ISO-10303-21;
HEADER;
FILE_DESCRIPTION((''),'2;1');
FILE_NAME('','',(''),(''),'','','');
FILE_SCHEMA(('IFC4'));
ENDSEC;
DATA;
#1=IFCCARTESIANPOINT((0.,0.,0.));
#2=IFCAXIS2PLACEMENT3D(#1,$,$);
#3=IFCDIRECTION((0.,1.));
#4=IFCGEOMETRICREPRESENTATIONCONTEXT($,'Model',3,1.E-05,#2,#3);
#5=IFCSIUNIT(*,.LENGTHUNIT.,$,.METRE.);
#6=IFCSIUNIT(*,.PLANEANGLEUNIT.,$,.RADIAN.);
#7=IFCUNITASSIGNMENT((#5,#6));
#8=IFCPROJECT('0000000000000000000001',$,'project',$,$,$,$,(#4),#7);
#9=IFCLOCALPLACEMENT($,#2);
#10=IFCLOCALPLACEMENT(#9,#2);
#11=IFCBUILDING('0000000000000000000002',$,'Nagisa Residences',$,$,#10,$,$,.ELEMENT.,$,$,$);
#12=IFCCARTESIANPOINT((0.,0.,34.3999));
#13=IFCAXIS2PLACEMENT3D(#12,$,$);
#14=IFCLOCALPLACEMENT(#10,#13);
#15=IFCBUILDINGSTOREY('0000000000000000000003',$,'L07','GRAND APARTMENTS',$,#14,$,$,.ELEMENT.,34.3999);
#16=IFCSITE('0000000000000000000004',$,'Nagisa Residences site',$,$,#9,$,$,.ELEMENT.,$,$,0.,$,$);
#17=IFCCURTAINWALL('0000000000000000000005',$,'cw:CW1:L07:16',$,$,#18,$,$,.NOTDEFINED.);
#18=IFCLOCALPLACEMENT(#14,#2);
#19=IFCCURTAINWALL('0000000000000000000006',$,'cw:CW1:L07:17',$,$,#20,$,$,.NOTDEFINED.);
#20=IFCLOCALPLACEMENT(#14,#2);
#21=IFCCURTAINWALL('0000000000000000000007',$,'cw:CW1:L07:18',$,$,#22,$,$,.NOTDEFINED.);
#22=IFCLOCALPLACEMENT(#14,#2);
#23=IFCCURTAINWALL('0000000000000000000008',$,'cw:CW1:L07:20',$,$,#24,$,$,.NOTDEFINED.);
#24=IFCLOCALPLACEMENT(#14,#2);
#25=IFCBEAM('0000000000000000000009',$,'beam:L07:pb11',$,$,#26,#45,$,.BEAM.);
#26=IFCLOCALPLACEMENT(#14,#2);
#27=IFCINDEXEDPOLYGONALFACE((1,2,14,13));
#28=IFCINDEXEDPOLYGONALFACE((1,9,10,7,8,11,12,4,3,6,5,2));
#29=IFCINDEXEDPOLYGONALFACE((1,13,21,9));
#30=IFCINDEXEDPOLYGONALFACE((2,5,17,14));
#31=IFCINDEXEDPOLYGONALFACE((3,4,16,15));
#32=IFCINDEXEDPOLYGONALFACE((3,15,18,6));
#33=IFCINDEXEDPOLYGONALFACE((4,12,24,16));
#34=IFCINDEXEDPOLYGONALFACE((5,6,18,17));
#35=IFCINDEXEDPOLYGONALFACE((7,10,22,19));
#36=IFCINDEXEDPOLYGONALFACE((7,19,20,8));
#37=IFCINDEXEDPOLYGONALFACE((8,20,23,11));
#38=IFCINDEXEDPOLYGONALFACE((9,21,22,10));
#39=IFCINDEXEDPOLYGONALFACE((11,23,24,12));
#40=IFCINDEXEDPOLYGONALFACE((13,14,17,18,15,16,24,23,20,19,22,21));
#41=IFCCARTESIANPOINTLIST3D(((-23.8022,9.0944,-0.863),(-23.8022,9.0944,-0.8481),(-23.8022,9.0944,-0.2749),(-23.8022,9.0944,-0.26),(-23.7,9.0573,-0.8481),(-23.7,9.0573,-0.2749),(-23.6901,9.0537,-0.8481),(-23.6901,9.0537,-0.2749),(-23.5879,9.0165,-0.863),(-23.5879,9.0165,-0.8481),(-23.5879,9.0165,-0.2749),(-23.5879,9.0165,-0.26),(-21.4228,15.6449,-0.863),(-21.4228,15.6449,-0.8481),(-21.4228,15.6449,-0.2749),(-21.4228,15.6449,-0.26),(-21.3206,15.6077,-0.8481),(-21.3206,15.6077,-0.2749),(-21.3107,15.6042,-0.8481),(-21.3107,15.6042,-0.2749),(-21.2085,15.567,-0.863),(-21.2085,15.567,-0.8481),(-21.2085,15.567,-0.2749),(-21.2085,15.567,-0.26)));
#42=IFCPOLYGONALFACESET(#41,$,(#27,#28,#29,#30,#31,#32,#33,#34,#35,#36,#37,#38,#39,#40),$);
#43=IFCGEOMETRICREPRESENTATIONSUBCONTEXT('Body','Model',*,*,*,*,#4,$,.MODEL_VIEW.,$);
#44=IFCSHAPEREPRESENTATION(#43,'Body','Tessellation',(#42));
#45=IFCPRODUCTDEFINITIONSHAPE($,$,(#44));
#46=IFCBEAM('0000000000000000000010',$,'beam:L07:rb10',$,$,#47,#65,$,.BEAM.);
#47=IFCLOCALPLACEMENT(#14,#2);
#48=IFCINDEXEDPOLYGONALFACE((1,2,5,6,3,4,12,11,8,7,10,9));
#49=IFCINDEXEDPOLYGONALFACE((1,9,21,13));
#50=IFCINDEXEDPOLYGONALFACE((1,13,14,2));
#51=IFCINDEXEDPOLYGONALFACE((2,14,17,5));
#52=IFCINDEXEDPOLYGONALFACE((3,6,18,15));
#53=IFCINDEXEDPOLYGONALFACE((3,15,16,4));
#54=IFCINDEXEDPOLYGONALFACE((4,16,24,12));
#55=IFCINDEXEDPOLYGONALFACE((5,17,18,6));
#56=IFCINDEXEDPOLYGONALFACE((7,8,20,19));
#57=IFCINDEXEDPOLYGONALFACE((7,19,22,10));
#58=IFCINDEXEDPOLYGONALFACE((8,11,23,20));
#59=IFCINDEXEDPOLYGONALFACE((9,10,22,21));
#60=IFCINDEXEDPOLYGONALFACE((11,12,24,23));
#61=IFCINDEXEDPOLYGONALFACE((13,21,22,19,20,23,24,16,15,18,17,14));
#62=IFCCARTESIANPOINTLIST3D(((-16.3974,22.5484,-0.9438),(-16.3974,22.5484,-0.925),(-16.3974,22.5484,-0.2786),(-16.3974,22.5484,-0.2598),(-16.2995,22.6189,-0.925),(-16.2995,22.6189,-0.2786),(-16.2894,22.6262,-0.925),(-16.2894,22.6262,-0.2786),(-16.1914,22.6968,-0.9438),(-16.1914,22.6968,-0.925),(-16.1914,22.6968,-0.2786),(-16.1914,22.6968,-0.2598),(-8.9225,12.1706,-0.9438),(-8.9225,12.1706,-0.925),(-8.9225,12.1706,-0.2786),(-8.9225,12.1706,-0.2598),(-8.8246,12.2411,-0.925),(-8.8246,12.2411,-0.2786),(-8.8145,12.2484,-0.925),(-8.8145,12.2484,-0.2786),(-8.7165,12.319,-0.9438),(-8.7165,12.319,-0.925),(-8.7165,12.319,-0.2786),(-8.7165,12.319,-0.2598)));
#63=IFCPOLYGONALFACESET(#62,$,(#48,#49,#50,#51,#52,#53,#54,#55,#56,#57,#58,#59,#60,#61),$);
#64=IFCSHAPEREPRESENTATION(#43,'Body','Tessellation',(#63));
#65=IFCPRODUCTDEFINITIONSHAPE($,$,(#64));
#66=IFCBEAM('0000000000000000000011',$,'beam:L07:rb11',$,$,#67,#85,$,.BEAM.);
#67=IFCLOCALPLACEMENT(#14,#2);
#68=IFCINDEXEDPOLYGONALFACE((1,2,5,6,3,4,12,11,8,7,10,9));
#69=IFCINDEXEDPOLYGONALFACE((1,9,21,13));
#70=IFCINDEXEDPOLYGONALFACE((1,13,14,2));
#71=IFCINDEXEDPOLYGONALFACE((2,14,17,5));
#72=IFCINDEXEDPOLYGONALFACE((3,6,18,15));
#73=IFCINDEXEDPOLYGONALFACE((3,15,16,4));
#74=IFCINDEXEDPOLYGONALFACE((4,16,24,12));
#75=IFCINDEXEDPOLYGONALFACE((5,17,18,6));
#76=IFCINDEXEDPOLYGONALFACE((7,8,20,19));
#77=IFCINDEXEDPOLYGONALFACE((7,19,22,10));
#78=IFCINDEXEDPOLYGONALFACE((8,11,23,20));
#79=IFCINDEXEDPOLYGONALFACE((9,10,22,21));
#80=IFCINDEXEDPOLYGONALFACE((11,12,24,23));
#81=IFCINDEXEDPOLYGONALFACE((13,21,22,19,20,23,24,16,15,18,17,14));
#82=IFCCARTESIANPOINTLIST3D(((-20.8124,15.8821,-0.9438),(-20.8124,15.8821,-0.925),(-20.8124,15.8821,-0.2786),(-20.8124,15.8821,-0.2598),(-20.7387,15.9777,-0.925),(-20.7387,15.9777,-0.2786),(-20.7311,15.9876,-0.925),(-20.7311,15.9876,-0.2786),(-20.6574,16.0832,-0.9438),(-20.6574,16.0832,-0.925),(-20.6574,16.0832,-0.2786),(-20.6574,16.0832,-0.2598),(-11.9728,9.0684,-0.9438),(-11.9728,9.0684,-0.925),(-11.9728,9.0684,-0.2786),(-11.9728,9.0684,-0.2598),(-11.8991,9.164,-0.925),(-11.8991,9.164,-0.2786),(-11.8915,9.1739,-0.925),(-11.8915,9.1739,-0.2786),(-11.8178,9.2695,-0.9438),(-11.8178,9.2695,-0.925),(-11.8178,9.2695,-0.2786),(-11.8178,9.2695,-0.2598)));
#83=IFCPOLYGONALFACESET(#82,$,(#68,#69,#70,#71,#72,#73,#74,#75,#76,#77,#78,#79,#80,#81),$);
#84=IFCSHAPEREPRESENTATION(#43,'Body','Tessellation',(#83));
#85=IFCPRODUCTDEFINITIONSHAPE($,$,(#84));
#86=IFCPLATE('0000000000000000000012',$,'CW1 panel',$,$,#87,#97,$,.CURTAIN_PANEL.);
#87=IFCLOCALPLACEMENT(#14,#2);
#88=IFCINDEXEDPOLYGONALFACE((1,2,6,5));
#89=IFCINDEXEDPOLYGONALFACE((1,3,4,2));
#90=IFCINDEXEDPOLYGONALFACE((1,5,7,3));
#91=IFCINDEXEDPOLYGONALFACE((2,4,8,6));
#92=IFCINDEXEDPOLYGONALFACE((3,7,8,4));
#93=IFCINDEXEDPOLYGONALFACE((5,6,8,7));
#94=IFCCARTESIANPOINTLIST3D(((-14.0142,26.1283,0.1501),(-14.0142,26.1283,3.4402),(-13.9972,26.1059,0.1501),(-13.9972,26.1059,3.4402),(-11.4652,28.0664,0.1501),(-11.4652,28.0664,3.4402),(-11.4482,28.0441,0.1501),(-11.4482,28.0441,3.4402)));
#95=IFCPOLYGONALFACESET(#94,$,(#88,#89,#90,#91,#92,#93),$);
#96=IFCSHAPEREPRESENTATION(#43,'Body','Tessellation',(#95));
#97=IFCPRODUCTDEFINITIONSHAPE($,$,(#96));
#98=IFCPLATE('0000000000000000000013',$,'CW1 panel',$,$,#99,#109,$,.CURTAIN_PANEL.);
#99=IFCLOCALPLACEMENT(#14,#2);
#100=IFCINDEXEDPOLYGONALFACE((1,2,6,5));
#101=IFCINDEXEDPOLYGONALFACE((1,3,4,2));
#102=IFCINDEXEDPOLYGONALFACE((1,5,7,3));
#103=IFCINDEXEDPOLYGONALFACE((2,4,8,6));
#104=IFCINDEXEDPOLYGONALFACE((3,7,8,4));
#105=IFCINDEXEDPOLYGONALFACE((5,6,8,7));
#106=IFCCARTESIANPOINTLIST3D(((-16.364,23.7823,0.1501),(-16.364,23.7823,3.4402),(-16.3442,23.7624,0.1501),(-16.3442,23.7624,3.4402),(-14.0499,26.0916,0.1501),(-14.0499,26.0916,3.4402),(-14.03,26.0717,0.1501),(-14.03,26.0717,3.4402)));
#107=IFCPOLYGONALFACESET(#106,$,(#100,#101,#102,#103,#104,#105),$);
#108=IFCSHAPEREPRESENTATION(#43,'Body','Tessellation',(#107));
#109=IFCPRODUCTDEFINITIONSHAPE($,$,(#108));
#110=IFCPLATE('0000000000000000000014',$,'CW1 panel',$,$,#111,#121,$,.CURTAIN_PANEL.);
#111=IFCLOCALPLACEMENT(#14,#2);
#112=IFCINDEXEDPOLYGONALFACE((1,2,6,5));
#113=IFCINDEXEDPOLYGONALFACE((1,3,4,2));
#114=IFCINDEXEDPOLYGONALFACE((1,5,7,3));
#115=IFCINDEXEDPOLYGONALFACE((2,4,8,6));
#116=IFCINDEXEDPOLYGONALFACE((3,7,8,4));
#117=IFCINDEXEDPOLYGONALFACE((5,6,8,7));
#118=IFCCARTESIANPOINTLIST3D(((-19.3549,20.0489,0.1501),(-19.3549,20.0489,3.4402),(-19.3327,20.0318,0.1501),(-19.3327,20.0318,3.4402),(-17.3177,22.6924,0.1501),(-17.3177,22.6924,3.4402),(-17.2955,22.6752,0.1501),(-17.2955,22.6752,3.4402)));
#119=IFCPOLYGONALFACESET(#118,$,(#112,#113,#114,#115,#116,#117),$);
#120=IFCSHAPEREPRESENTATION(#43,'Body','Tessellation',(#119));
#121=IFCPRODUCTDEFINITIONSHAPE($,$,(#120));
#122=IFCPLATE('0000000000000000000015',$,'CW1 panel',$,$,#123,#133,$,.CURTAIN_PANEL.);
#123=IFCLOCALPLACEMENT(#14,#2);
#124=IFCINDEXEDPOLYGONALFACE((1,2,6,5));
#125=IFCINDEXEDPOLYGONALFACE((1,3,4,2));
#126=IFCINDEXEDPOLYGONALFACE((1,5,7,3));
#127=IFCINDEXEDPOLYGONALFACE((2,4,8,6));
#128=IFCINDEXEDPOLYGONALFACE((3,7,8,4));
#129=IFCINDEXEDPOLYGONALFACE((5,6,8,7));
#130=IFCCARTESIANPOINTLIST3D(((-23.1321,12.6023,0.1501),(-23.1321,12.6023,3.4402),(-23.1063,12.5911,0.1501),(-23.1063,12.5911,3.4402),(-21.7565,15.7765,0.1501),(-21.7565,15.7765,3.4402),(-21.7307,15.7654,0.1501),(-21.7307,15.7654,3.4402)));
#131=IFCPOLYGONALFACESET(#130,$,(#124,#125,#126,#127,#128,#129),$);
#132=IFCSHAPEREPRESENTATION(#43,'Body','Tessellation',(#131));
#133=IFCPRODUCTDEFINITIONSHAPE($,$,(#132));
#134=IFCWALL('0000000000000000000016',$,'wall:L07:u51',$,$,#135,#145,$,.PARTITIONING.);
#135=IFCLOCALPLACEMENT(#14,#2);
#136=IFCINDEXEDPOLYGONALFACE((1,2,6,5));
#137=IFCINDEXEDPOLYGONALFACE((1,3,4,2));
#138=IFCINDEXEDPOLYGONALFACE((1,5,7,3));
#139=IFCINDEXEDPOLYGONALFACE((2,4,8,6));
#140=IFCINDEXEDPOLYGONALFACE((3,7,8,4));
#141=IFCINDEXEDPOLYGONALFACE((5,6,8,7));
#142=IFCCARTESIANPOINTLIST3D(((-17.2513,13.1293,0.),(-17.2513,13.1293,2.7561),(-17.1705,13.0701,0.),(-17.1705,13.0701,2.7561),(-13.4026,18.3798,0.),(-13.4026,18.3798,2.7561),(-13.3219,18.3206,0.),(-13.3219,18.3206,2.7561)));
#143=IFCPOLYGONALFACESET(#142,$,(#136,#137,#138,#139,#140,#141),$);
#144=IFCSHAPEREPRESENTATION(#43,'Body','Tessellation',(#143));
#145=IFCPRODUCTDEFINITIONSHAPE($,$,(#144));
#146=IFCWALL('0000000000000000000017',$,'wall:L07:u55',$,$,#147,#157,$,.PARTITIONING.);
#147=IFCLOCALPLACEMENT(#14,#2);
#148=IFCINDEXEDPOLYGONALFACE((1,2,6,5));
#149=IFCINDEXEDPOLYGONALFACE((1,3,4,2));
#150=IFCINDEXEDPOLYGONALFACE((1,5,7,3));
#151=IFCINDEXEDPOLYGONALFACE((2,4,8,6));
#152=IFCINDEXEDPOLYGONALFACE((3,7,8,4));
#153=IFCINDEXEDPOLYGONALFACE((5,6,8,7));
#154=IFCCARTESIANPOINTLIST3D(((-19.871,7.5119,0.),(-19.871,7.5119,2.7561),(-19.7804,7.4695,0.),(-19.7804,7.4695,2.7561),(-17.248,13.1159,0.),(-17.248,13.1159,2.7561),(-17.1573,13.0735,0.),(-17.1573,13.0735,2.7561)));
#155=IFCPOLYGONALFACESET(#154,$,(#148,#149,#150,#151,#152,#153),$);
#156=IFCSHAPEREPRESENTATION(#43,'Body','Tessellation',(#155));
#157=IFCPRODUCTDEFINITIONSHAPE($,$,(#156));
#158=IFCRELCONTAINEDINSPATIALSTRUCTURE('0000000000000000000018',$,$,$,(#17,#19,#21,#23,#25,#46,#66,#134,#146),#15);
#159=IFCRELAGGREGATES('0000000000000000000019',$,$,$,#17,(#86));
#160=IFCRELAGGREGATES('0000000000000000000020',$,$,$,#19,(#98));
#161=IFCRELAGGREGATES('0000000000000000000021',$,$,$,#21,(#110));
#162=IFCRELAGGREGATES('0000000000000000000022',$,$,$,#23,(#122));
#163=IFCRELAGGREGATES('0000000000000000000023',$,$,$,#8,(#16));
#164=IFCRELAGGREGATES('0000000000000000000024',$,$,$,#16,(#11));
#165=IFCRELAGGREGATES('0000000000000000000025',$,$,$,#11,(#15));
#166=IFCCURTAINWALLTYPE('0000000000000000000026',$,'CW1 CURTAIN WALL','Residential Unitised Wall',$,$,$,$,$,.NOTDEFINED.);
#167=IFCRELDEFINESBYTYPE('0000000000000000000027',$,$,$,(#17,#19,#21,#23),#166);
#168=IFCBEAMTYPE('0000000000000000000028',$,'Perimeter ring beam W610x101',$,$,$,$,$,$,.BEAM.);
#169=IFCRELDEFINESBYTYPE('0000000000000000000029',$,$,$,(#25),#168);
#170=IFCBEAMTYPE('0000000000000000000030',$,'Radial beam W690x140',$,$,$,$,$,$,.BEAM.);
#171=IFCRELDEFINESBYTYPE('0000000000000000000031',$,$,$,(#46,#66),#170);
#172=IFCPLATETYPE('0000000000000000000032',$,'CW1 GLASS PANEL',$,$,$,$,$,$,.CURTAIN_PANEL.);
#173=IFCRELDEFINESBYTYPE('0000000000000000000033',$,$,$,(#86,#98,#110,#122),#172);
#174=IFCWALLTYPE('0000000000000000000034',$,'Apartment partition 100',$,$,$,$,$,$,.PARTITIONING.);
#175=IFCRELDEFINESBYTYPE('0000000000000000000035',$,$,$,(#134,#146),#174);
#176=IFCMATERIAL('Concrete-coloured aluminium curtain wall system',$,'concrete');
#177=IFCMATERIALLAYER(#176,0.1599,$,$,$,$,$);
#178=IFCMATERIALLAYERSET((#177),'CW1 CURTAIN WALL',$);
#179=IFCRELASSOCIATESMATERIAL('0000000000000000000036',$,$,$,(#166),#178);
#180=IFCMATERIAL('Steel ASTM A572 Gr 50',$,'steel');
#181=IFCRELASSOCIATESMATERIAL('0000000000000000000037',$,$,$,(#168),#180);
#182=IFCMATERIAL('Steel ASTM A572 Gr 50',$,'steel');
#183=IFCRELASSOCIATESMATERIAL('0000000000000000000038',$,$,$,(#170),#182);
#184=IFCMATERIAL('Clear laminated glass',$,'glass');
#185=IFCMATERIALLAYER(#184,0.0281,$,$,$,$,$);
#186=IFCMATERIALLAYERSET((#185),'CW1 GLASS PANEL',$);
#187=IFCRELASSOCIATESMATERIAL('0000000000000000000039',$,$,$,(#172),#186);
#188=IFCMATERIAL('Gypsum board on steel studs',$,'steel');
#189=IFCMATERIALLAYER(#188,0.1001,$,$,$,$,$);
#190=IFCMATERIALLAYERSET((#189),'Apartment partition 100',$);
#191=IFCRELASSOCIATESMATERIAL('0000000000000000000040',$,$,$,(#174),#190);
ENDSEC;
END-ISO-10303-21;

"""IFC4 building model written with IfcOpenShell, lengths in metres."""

from ifc_helpers import new_model, si_unit, direction, frame, frame_2d, origin, origin_2d, place, context, subcontext, project, spatial, rectangle, i_section, extrude, material, layer, layer_set, material_profile, profile_set, type_object, element, aggregate, save


model = new_model("IFC4")

# Units and contexts
model_context = context("Model", 3, precision=1e-05, world=origin(), true_north=direction((0.0, 1.0)))
body_context = subcontext(model_context, "Body", "Model", "MODEL_VIEW")
ifc_project = project(units=[si_unit("LENGTHUNIT", "METRE"), si_unit("PLANEANGLEUNIT", "RADIAN")], contexts=[model_context])

# Site, building, storey
site_placement = place(None, origin())
site = spatial("IfcSite", under=ifc_project, at=site_placement, Name="Nagisa Residences site", CompositionType="ELEMENT", RefElevation=0.0)
building_placement = place(site_placement, origin())
building = spatial("IfcBuilding", under=site, at=building_placement, Name="Nagisa Residences", CompositionType="ELEMENT")
storey_placement = place(building_placement, frame((0.0, 0.0, 34.3999)))
storey = spatial("IfcBuildingStorey", under=building, at=storey_placement, Name="L07", Description="GRAND APARTMENTS", CompositionType="ELEMENT", Elevation=34.3999)

# Curtain walls
ifc_material_1 = material(Name="Concrete-coloured aluminium curtain wall system", Category="concrete")
ifc_layer_1 = layer(ifc_material_1, 0.1599)
ifc_layer_set_1 = layer_set([ifc_layer_1], Name="CW1 CURTAIN WALL")
curtain_wall_type = type_object("IfcCurtainWallType", Name="CW1 CURTAIN WALL", Description="Residential Unitised Wall", PredefinedType="NOTDEFINED", material=ifc_layer_set_1)
curtain_wall_1_placement = place(storey_placement, origin())
curtain_wall_1 = element("IfcCurtainWall", 1, at=curtain_wall_1_placement, inside=storey, type_object=curtain_wall_type, Name="cw:CW1:L07:16", PredefinedType="NOTDEFINED")
curtain_wall_2_placement = place(storey_placement, origin())
curtain_wall_2 = element("IfcCurtainWall", 2, at=curtain_wall_2_placement, inside=storey, type_object=curtain_wall_type, Name="cw:CW1:L07:17", PredefinedType="NOTDEFINED")
curtain_wall_3_placement = place(storey_placement, origin())
curtain_wall_3 = element("IfcCurtainWall", 3, at=curtain_wall_3_placement, inside=storey, type_object=curtain_wall_type, Name="cw:CW1:L07:18", PredefinedType="NOTDEFINED")
curtain_wall_4_placement = place(storey_placement, origin())
curtain_wall_4 = element("IfcCurtainWall", 4, at=curtain_wall_4_placement, inside=storey, type_object=curtain_wall_type, Name="cw:CW1:L07:20", PredefinedType="NOTDEFINED")

# Beams
ifc_material_2 = material(Name="Steel ASTM A572 Gr 50", Category="steel")
ifc_material_profile_1 = material_profile(ifc_material_2, i_section(OverallWidth=0.228, OverallDepth=0.603, WebThickness=0.0105, FlangeThickness=0.0149, at=origin_2d()), Name="W610x101")
ifc_profile_set_1 = profile_set([ifc_material_profile_1], Name="Steel ASTM A572 Gr 50")
beam_type_1 = type_object("IfcBeamType", Name="Perimeter ring beam W610x101", PredefinedType="BEAM", material=ifc_profile_set_1)
beam_1_placement = place(storey_placement, frame((-21.3157, 15.606, -0.5615), z_axis=(-0.341411, -0.939914, 0.0), x_axis=(0.939914, -0.341411, 0.0)))
element("IfcBeam", 5, at=beam_1_placement, inside=storey, type_object=beam_type_1, Name="beam:L07:pb11", PredefinedType="BEAM", context=body_context, shape_type="SweptSolid", body=[
    extrude(i_section(OverallWidth=0.228, OverallDepth=0.603, WebThickness=0.0105, FlangeThickness=0.0149, at=origin_2d()), origin(), (0.0, 0.0, 1.0), 6.9692),
])
ifc_material_3 = material(Name="Steel ASTM A572 Gr 50", Category="steel")
ifc_material_profile_2 = material_profile(ifc_material_3, i_section(OverallWidth=0.2539, OverallDepth=0.6841, WebThickness=0.0125, FlangeThickness=0.0188, at=origin_2d()), Name="W690x140")
ifc_profile_set_2 = profile_set([ifc_material_profile_2], Name="Steel ASTM A572 Gr 50")
beam_type_2 = type_object("IfcBeamType", Name="Radial beam W690x140", PredefinedType="BEAM", material=ifc_profile_set_2)
beam_2_placement = place(storey_placement, frame((-16.2944, 22.6226, -0.6018), z_axis=(0.584455, -0.811426, 0.0), x_axis=(0.811426, 0.584455, 0.0)))
element("IfcBeam", 6, at=beam_2_placement, inside=storey, type_object=beam_type_2, Name="beam:L07:rb10", PredefinedType="BEAM", context=body_context, shape_type="SweptSolid", body=[
    extrude(i_section(OverallWidth=0.2539, OverallDepth=0.6841, WebThickness=0.0125, FlangeThickness=0.0188, at=origin_2d()), origin(), (0.0, 0.0, 1.0), 12.7896),
])
beam_3_placement = place(storey_placement, frame((-20.7349, 15.9827, -0.6018), z_axis=(0.792016, -0.6105, 0.0), x_axis=(0.6105, 0.792016, 0.0)))
element("IfcBeam", 7, at=beam_3_placement, inside=storey, type_object=beam_type_2, Name="beam:L07:rb11", PredefinedType="BEAM", context=body_context, shape_type="SweptSolid", body=[
    extrude(i_section(OverallWidth=0.2539, OverallDepth=0.6841, WebThickness=0.0125, FlangeThickness=0.0188, at=origin_2d()), origin(), (0.0, 0.0, 1.0), 11.1609),
])

# Plates
ifc_material_4 = material(Name="Clear laminated glass", Category="glass")
ifc_layer_2 = layer(ifc_material_4, 0.0281)
ifc_layer_set_2 = layer_set([ifc_layer_2], Name="CW1 GLASS PANEL")
plate_type = type_object("IfcPlateType", Name="CW1 GLASS PANEL", PredefinedType="CURTAIN_PANEL", material=ifc_layer_set_2)
plate_1_placement = place(storey_placement, frame((-12.7312, 27.0862, 0.1501), z_axis=(0.0, 0.0, 1.0), x_axis=(-0.796031, -0.605255, 0.0)))
plate_1 = element("IfcPlate", 8, at=plate_1_placement, type_object=plate_type, Name="CW1 panel", PredefinedType="CURTAIN_PANEL", context=body_context, shape_type="SweptSolid", body=[
    extrude(rectangle(XDim=3.2021, YDim=0.0281, at=origin_2d()), origin(), (0.0, 0.0, 1.0), 3.29),
])
aggregate(curtain_wall_1, [plate_1])
plate_2_placement = place(storey_placement, frame((-15.197, 24.927, 0.1501), z_axis=(0.0, 0.0, 1.0), x_axis=(-0.707836, -0.706377, 0.0)))
plate_2 = element("IfcPlate", 9, at=plate_2_placement, type_object=plate_type, Name="CW1 panel", PredefinedType="CURTAIN_PANEL", context=body_context, shape_type="SweptSolid", body=[
    extrude(rectangle(XDim=3.2693, YDim=0.0281, at=origin_2d()), origin(), (0.0, 0.0, 1.0), 3.29),
])
aggregate(curtain_wall_2, [plate_2])
plate_3_placement = place(storey_placement, frame((-18.3252, 21.3621, 0.1501), z_axis=(0.0, 0.0, 1.0), x_axis=(-0.61043, -0.79207, 0.0)))
plate_3 = element("IfcPlate", 10, at=plate_3_placement, type_object=plate_type, Name="CW1 panel", PredefinedType="CURTAIN_PANEL", context=body_context, shape_type="SweptSolid", body=[
    extrude(rectangle(XDim=3.3374, YDim=0.0281, at=origin_2d()), origin(), (0.0, 0.0, 1.0), 3.29),
])
aggregate(curtain_wall_3, [plate_3])
plate_4_placement = place(storey_placement, frame((-22.4314, 14.1838, 0.1501), z_axis=(0.0, 0.0, 1.0), x_axis=(-0.397636, -0.917543, 0.0)))
plate_4 = element("IfcPlate", 11, at=plate_4_placement, type_object=plate_type, Name="CW1 panel", PredefinedType="CURTAIN_PANEL", context=body_context, shape_type="SweptSolid", body=[
    extrude(rectangle(XDim=3.4595, YDim=0.0281, at=origin_2d()), origin(), (0.0, 0.0, 1.0), 3.29),
])
aggregate(curtain_wall_4, [plate_4])

# Walls
ifc_material_5 = material(Name="Gypsum board on steel studs", Category="steel")
ifc_layer_3 = layer(ifc_material_5, 0.1001)
ifc_layer_set_3 = layer_set([ifc_layer_3], Name="Apartment partition 100")
wall_type_1 = type_object("IfcWallType", Name="Apartment partition 100", PredefinedType="PARTITIONING", material=ifc_layer_set_3)
wall_1_placement = place(storey_placement, frame((-13.3623, 18.3501, 0.0), z_axis=(0.0, 0.0, 1.0), x_axis=(-0.591191, -0.806531, 0.0)))
element("IfcWall", 12, at=wall_1_placement, inside=storey, type_object=wall_type_1, Name="wall:L07:u51", PredefinedType="PARTITIONING", context=body_context, shape_type="SweptSolid", body=[
    extrude(rectangle(XDim=6.51, YDim=0.1001, at=frame_2d((3.2549, 0.0))), origin(), (0.0, 0.0, 1.0), 2.7561),
])
wall_2_placement = place(storey_placement, frame((-17.2026, 13.0947, 0.0), z_axis=(0.0, 0.0, 1.0), x_axis=(-0.423926, -0.905697, 0.0)))
element("IfcWall", 13, at=wall_2_placement, inside=storey, type_object=wall_type_1, Name="wall:L07:u55", PredefinedType="PARTITIONING", context=body_context, shape_type="SweptSolid", body=[
    extrude(rectangle(XDim=6.1875, YDim=0.1001, at=frame_2d((3.0938, 0.0))), origin(), (0.0, 0.0, 1.0), 2.7561),
])

save(model, "model.ifc")
